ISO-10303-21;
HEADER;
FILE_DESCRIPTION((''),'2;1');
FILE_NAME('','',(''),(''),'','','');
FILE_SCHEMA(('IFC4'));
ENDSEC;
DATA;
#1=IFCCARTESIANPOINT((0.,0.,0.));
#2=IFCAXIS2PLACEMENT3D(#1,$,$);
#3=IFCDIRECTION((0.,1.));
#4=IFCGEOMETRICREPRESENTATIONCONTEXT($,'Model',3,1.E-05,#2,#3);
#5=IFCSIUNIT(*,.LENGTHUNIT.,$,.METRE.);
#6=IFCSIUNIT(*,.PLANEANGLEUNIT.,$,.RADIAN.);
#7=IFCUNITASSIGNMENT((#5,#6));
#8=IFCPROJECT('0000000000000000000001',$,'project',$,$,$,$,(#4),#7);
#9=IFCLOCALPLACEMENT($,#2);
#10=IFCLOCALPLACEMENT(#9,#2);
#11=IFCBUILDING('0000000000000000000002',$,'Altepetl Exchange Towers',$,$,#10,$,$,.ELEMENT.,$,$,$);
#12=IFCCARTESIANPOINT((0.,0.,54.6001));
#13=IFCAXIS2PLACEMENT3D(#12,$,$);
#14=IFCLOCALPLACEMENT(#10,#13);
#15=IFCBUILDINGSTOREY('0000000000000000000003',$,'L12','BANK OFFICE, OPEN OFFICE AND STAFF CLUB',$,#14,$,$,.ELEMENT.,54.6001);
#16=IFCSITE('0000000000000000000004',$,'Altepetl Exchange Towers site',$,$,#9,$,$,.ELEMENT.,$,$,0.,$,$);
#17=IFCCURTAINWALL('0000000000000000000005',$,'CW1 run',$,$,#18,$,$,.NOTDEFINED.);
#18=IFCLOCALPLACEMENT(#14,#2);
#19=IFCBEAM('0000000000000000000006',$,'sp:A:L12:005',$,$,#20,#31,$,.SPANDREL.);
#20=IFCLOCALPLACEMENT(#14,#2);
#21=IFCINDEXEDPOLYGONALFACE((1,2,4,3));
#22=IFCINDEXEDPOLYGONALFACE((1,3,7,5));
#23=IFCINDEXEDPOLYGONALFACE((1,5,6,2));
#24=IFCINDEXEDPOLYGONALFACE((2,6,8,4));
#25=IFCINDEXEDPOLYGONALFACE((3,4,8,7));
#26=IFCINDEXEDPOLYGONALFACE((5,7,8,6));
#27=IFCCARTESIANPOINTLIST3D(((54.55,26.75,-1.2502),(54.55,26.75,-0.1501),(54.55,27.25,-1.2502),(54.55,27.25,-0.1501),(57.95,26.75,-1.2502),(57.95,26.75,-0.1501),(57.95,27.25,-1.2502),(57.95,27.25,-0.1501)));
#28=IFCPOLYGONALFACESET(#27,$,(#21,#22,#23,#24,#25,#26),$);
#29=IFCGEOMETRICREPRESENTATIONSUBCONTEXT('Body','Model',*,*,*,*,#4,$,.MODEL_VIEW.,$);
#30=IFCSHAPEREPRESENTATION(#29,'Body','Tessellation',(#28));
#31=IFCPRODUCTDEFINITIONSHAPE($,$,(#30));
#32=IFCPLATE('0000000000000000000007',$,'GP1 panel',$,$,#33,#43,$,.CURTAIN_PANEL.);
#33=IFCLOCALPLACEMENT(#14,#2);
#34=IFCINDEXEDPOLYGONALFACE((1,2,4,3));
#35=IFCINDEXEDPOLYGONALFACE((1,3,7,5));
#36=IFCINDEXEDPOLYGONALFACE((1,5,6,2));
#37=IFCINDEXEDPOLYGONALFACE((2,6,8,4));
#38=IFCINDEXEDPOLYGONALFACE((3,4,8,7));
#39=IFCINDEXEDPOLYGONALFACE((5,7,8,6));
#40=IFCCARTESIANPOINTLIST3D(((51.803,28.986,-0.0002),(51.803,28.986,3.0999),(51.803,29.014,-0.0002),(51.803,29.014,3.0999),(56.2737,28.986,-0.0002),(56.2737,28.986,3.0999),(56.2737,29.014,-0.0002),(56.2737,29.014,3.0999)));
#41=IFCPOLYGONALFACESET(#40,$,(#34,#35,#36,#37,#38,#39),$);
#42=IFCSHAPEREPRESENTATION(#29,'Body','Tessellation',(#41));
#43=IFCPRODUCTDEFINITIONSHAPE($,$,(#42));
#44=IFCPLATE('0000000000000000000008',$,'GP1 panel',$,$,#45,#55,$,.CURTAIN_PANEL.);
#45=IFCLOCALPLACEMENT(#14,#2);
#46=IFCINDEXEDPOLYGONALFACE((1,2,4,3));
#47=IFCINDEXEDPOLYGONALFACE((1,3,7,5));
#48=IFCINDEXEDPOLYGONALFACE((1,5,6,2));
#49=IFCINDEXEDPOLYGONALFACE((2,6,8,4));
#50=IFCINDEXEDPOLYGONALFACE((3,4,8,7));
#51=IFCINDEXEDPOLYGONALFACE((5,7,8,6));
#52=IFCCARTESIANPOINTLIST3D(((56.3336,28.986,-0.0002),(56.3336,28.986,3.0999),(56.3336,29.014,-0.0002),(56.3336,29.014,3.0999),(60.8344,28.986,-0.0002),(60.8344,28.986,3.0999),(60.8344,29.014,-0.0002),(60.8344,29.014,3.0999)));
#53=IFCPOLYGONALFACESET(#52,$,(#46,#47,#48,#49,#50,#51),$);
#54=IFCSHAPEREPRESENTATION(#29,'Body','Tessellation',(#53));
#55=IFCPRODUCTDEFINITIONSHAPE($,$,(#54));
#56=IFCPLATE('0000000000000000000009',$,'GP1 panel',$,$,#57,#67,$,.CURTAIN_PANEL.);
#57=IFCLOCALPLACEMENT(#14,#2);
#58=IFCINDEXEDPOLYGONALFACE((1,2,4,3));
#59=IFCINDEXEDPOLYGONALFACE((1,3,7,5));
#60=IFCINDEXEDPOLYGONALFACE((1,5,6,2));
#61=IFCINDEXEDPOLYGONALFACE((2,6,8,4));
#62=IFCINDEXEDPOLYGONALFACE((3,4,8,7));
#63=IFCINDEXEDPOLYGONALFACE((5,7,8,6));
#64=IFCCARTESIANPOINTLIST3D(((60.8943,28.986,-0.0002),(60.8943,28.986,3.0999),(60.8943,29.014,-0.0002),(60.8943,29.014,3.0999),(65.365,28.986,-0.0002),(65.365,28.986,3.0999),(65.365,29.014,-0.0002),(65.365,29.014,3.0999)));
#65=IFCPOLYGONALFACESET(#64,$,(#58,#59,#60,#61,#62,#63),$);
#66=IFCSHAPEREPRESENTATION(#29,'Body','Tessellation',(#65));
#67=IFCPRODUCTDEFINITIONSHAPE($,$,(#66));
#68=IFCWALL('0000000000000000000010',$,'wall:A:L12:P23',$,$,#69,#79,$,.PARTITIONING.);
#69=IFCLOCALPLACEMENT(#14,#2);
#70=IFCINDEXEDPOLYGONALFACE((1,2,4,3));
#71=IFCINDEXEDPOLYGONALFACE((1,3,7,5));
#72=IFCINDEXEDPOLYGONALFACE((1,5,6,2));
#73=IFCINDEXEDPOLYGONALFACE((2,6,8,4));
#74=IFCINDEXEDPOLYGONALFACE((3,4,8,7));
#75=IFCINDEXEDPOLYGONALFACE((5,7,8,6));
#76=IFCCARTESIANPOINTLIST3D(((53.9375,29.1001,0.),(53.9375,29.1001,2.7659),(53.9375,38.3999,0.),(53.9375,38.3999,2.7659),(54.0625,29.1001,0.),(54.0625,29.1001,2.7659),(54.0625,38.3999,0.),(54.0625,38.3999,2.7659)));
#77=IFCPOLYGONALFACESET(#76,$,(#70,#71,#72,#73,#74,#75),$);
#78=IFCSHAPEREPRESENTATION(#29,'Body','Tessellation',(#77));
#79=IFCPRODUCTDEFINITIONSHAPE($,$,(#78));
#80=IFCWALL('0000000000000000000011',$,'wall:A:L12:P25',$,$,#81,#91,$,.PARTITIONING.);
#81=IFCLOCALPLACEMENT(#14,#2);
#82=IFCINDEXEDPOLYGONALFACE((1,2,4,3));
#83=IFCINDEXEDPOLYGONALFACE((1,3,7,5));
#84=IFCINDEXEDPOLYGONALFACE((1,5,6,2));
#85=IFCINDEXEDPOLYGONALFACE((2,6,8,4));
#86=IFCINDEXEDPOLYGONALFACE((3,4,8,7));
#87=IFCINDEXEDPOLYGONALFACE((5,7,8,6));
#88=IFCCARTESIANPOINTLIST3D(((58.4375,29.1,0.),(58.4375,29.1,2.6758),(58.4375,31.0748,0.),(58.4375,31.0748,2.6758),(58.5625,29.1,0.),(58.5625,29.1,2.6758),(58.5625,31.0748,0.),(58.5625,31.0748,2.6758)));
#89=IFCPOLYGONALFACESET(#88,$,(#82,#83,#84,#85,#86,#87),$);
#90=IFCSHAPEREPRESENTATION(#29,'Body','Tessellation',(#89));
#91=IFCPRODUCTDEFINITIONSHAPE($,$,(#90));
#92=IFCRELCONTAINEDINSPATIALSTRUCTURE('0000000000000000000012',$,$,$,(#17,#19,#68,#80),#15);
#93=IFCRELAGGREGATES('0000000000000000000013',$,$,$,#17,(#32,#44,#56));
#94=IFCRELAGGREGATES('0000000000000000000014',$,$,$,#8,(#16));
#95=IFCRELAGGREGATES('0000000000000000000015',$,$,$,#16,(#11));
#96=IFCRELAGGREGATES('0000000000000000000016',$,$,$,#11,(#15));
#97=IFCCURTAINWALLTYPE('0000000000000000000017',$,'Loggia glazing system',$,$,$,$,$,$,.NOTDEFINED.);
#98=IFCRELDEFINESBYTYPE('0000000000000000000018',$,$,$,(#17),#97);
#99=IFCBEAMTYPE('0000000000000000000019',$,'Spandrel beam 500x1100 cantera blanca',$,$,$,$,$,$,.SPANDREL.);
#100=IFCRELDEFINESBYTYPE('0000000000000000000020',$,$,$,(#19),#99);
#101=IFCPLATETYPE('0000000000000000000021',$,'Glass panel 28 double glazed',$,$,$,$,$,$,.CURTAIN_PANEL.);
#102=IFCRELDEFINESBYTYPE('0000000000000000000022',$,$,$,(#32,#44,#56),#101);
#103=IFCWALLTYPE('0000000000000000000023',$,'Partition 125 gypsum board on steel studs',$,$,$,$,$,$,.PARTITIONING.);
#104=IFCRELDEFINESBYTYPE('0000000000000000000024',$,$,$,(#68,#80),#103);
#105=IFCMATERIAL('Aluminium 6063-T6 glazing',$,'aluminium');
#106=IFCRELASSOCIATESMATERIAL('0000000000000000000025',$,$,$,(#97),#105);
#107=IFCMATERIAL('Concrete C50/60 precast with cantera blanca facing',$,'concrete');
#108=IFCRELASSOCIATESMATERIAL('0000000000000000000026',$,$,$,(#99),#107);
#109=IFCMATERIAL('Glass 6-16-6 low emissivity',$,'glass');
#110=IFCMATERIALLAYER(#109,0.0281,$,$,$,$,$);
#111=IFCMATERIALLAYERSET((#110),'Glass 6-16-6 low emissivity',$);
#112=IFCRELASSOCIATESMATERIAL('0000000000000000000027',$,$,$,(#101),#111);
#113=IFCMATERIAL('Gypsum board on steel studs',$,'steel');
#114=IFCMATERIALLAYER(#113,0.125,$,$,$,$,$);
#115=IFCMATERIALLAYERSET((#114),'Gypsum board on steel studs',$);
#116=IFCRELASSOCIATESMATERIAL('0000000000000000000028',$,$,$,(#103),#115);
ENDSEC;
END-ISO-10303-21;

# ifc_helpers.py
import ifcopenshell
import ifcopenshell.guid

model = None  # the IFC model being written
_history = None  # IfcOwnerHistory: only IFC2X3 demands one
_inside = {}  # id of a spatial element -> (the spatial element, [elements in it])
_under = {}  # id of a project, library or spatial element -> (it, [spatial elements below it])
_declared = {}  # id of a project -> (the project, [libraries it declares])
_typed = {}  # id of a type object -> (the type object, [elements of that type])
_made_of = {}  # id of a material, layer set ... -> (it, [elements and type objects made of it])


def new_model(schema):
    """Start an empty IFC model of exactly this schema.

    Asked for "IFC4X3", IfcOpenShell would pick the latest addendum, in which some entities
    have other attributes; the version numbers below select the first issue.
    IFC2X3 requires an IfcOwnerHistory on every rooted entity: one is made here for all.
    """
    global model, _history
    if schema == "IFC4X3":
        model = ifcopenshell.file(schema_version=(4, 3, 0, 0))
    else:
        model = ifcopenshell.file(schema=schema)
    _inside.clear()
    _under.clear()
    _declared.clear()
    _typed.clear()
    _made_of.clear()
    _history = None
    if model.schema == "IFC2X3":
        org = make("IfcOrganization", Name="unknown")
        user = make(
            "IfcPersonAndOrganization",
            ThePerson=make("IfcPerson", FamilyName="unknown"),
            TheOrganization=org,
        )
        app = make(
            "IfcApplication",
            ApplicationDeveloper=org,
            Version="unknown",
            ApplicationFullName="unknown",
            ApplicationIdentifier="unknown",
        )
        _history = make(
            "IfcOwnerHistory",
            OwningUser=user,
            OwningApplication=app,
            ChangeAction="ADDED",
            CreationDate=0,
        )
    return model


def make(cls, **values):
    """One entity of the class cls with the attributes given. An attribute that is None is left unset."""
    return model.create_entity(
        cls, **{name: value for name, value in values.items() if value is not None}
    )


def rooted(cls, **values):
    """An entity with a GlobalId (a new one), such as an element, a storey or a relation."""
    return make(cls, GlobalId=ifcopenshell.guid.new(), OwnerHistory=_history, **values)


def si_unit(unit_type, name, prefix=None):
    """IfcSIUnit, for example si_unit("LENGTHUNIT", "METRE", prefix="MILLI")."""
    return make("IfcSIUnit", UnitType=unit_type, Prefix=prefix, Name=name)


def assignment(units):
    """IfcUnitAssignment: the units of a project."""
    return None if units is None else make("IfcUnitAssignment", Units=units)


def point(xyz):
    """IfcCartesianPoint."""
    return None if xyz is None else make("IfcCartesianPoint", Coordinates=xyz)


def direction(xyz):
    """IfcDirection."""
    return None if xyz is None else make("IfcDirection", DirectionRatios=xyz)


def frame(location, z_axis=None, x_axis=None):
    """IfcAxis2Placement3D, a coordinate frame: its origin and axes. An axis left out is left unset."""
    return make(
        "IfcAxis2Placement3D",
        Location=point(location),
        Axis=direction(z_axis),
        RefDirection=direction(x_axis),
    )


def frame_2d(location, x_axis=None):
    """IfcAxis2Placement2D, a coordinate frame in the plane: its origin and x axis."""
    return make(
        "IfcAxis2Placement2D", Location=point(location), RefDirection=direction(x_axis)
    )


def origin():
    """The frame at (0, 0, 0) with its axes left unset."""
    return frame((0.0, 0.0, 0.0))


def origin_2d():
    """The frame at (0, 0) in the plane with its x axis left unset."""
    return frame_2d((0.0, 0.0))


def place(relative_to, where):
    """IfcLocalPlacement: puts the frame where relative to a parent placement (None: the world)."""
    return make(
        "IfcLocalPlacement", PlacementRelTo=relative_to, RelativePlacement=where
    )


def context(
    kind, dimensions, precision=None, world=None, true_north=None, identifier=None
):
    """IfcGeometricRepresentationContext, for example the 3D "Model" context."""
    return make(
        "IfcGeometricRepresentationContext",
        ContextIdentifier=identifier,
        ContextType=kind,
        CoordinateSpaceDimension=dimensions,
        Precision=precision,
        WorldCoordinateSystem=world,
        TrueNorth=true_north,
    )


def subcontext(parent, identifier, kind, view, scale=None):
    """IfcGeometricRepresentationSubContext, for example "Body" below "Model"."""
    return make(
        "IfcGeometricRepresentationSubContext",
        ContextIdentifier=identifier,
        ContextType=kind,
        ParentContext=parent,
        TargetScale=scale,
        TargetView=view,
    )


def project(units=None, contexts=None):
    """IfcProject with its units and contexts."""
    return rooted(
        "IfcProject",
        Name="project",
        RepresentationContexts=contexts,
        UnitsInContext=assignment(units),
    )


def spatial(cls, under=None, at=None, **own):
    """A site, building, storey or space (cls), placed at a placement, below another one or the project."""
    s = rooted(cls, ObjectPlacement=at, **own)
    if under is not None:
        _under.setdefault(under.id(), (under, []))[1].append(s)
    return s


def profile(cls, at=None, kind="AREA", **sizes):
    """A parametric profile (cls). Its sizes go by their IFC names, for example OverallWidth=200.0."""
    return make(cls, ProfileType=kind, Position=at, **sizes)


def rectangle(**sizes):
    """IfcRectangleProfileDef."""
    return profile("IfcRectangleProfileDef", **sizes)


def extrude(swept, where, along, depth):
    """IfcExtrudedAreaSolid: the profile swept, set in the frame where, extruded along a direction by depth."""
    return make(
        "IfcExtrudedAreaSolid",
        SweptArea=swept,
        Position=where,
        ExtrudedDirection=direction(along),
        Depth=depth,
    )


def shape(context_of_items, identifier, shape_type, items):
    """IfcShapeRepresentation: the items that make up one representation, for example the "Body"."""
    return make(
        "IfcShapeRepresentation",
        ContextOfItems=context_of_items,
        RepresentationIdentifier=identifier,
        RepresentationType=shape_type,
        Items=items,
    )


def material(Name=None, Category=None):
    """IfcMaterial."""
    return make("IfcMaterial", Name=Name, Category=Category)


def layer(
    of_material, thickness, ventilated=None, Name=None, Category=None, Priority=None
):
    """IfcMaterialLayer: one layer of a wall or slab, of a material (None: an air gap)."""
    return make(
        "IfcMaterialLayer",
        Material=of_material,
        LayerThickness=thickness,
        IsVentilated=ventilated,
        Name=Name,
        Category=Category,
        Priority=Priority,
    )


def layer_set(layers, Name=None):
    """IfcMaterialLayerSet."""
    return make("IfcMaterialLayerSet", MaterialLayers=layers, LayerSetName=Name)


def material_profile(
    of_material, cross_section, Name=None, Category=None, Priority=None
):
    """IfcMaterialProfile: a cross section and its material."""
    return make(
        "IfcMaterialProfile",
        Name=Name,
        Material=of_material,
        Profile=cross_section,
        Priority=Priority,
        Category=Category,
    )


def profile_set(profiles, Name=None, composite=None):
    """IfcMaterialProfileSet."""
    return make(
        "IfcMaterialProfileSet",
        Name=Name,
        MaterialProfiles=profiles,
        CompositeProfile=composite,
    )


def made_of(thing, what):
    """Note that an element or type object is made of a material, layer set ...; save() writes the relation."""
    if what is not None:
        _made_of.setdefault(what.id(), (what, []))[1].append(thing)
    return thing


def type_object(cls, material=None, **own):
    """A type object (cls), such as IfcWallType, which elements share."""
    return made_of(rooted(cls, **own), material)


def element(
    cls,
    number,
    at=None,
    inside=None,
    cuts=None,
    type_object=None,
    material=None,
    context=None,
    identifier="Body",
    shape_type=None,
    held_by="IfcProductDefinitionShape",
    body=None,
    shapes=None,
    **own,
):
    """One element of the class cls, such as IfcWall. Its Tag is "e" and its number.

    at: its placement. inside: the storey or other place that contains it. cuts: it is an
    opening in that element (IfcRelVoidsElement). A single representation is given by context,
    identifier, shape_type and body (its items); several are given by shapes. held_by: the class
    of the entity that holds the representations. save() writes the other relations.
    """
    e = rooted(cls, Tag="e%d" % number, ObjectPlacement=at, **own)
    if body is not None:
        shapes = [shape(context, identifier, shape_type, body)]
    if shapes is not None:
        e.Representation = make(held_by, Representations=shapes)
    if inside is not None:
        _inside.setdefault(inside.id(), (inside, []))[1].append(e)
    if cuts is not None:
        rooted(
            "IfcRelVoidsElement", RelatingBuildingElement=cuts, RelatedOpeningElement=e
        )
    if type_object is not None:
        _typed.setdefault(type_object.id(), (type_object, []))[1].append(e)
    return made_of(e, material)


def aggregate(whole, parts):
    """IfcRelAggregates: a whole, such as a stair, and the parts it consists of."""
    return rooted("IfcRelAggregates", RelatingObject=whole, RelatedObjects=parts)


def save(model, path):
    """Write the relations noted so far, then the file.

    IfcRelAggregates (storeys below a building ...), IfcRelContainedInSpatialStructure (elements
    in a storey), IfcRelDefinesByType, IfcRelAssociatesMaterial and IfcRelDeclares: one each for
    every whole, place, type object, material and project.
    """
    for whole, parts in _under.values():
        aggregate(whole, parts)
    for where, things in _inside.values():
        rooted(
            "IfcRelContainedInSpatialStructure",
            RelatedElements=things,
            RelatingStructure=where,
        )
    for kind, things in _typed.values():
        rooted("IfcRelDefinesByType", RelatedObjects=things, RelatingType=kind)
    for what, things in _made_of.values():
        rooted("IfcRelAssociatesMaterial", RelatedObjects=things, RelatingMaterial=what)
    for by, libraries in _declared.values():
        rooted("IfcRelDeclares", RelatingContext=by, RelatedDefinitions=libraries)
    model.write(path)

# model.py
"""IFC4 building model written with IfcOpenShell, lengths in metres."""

from ifc_helpers import new_model, si_unit, direction, frame, frame_2d, origin, origin_2d, place, context, subcontext, project, spatial, rectangle, extrude, material, layer, layer_set, material_profile, profile_set, type_object, element, aggregate, save


model = new_model("IFC4")

# Units and contexts
model_context = context("Model", 3, precision=1e-05, world=origin(), true_north=direction((0.0, 1.0)))
body_context = subcontext(model_context, "Body", "Model", "MODEL_VIEW")
ifc_project = project(units=[si_unit("LENGTHUNIT", "METRE"), si_unit("PLANEANGLEUNIT", "RADIAN")], contexts=[model_context])

# Site, building, storey
site_placement = place(None, origin())
site = spatial("IfcSite", under=ifc_project, at=site_placement, Name="Altepetl Exchange Towers site", CompositionType="ELEMENT", RefElevation=0.0)
building_placement = place(site_placement, origin())
building = spatial("IfcBuilding", under=site, at=building_placement, Name="Altepetl Exchange Towers", CompositionType="ELEMENT")
storey_placement = place(building_placement, frame((0.0, 0.0, 54.6001)))
storey = spatial("IfcBuildingStorey", under=building, at=storey_placement, Name="L12", Description="BANK OFFICE, OPEN OFFICE AND STAFF CLUB", CompositionType="ELEMENT", Elevation=54.6001)

# Curtain wall
ifc_material_1 = material(Name="Aluminium 6063-T6 glazing", Category="aluminium")
curtain_wall_type = type_object("IfcCurtainWallType", Name="Loggia glazing system", PredefinedType="NOTDEFINED", material=ifc_material_1)
curtain_wall_1_placement = place(storey_placement, origin())
curtain_wall_1 = element("IfcCurtainWall", 1, at=curtain_wall_1_placement, inside=storey, type_object=curtain_wall_type, Name="CW1 run", PredefinedType="NOTDEFINED")

# Beam
ifc_material_2 = material(Name="Concrete C50/60 precast with cantera blanca facing", Category="concrete")
ifc_material_profile_1 = material_profile(ifc_material_2, rectangle(XDim=0.5, YDim=1.1001, at=origin_2d()), Name="500 x 1100")
ifc_profile_set_1 = profile_set([ifc_material_profile_1], Name="Concrete C50/60 precast with cantera blanca facing")
beam_type_1 = type_object("IfcBeamType", Name="Spandrel beam 500x1100 cantera blanca", PredefinedType="SPANDREL", material=ifc_profile_set_1)
beam_1_placement = place(storey_placement, frame((54.55, 27.0, -0.7002), z_axis=(1.0, 0.0, 0.0), x_axis=(0.0, 1.0, 0.0)))
element("IfcBeam", 2, at=beam_1_placement, inside=storey, type_object=beam_type_1, Name="sp:A:L12:005", PredefinedType="SPANDREL", context=body_context, shape_type="SweptSolid", body=[
    extrude(rectangle(XDim=0.5, YDim=1.1001, at=origin_2d()), origin(), (0.0, 0.0, 1.0), 3.3999),
])

# Plates
ifc_material_3 = material(Name="Glass 6-16-6 low emissivity", Category="glass")
ifc_layer_1 = layer(ifc_material_3, 0.0281)
ifc_layer_set_1 = layer_set([ifc_layer_1], Name="Glass 6-16-6 low emissivity")
plate_type = type_object("IfcPlateType", Name="Glass panel 28 double glazed", PredefinedType="CURTAIN_PANEL", material=ifc_layer_set_1)
plate_1_placement = place(storey_placement, frame((54.0383, 29.0, -0.0002)))
plate_1 = element("IfcPlate", 3, at=plate_1_placement, type_object=plate_type, Name="GP1 panel", PredefinedType="CURTAIN_PANEL", context=body_context, shape_type="SweptSolid", body=[
    extrude(rectangle(XDim=4.4707, YDim=0.0281, at=origin_2d()), origin(), (0.0, 0.0, 1.0), 3.1001),
])
plate_2_placement = place(storey_placement, frame((58.584, 29.0, -0.0002)))
plate_2 = element("IfcPlate", 4, at=plate_2_placement, type_object=plate_type, Name="GP1 panel", PredefinedType="CURTAIN_PANEL", context=body_context, shape_type="SweptSolid", body=[
    extrude(rectangle(XDim=4.5007, YDim=0.0281, at=origin_2d()), origin(), (0.0, 0.0, 1.0), 3.1001),
])
plate_3_placement = place(storey_placement, frame((63.1296, 29.0, -0.0002)))
plate_3 = element("IfcPlate", 5, at=plate_3_placement, type_object=plate_type, Name="GP1 panel", PredefinedType="CURTAIN_PANEL", context=body_context, shape_type="SweptSolid", body=[
    extrude(rectangle(XDim=4.4707, YDim=0.0281, at=origin_2d()), origin(), (0.0, 0.0, 1.0), 3.1001),
])
aggregate(curtain_wall_1, [plate_1, plate_2, plate_3])

# Walls
ifc_material_4 = material(Name="Gypsum board on steel studs", Category="steel")
ifc_layer_2 = layer(ifc_material_4, 0.125)
ifc_layer_set_2 = layer_set([ifc_layer_2], Name="Gypsum board on steel studs")
wall_type = type_object("IfcWallType", Name="Partition 125 gypsum board on steel studs", PredefinedType="PARTITIONING", material=ifc_layer_set_2)
wall_1_placement = place(storey_placement, frame((54.0, 29.1001, 0.0), z_axis=(0.0, 0.0, 1.0), x_axis=(0.0, 1.0, 0.0)))
element("IfcWall", 6, at=wall_1_placement, inside=storey, type_object=wall_type, Name="wall:A:L12:P23", PredefinedType="PARTITIONING", context=body_context, shape_type="SweptSolid", body=[
    extrude(rectangle(XDim=9.2998, YDim=0.125, at=frame_2d((4.6499, 0.0))), origin(), (0.0, 0.0, 1.0), 2.7659),
])
wall_2_placement = place(storey_placement, frame((58.5, 29.1001, 0.0), z_axis=(0.0, 0.0, 1.0), x_axis=(0.0, 1.0, 0.0)))
element("IfcWall", 7, at=wall_2_placement, inside=storey, type_object=wall_type, Name="wall:A:L12:P25", PredefinedType="PARTITIONING", context=body_context, shape_type="SweptSolid", body=[
    extrude(rectangle(XDim=1.9749, YDim=0.125, at=frame_2d((0.9873, 0.0))), origin(), (0.0, 0.0, 1.0), 2.6758),
])

save(model, "model.ifc")
